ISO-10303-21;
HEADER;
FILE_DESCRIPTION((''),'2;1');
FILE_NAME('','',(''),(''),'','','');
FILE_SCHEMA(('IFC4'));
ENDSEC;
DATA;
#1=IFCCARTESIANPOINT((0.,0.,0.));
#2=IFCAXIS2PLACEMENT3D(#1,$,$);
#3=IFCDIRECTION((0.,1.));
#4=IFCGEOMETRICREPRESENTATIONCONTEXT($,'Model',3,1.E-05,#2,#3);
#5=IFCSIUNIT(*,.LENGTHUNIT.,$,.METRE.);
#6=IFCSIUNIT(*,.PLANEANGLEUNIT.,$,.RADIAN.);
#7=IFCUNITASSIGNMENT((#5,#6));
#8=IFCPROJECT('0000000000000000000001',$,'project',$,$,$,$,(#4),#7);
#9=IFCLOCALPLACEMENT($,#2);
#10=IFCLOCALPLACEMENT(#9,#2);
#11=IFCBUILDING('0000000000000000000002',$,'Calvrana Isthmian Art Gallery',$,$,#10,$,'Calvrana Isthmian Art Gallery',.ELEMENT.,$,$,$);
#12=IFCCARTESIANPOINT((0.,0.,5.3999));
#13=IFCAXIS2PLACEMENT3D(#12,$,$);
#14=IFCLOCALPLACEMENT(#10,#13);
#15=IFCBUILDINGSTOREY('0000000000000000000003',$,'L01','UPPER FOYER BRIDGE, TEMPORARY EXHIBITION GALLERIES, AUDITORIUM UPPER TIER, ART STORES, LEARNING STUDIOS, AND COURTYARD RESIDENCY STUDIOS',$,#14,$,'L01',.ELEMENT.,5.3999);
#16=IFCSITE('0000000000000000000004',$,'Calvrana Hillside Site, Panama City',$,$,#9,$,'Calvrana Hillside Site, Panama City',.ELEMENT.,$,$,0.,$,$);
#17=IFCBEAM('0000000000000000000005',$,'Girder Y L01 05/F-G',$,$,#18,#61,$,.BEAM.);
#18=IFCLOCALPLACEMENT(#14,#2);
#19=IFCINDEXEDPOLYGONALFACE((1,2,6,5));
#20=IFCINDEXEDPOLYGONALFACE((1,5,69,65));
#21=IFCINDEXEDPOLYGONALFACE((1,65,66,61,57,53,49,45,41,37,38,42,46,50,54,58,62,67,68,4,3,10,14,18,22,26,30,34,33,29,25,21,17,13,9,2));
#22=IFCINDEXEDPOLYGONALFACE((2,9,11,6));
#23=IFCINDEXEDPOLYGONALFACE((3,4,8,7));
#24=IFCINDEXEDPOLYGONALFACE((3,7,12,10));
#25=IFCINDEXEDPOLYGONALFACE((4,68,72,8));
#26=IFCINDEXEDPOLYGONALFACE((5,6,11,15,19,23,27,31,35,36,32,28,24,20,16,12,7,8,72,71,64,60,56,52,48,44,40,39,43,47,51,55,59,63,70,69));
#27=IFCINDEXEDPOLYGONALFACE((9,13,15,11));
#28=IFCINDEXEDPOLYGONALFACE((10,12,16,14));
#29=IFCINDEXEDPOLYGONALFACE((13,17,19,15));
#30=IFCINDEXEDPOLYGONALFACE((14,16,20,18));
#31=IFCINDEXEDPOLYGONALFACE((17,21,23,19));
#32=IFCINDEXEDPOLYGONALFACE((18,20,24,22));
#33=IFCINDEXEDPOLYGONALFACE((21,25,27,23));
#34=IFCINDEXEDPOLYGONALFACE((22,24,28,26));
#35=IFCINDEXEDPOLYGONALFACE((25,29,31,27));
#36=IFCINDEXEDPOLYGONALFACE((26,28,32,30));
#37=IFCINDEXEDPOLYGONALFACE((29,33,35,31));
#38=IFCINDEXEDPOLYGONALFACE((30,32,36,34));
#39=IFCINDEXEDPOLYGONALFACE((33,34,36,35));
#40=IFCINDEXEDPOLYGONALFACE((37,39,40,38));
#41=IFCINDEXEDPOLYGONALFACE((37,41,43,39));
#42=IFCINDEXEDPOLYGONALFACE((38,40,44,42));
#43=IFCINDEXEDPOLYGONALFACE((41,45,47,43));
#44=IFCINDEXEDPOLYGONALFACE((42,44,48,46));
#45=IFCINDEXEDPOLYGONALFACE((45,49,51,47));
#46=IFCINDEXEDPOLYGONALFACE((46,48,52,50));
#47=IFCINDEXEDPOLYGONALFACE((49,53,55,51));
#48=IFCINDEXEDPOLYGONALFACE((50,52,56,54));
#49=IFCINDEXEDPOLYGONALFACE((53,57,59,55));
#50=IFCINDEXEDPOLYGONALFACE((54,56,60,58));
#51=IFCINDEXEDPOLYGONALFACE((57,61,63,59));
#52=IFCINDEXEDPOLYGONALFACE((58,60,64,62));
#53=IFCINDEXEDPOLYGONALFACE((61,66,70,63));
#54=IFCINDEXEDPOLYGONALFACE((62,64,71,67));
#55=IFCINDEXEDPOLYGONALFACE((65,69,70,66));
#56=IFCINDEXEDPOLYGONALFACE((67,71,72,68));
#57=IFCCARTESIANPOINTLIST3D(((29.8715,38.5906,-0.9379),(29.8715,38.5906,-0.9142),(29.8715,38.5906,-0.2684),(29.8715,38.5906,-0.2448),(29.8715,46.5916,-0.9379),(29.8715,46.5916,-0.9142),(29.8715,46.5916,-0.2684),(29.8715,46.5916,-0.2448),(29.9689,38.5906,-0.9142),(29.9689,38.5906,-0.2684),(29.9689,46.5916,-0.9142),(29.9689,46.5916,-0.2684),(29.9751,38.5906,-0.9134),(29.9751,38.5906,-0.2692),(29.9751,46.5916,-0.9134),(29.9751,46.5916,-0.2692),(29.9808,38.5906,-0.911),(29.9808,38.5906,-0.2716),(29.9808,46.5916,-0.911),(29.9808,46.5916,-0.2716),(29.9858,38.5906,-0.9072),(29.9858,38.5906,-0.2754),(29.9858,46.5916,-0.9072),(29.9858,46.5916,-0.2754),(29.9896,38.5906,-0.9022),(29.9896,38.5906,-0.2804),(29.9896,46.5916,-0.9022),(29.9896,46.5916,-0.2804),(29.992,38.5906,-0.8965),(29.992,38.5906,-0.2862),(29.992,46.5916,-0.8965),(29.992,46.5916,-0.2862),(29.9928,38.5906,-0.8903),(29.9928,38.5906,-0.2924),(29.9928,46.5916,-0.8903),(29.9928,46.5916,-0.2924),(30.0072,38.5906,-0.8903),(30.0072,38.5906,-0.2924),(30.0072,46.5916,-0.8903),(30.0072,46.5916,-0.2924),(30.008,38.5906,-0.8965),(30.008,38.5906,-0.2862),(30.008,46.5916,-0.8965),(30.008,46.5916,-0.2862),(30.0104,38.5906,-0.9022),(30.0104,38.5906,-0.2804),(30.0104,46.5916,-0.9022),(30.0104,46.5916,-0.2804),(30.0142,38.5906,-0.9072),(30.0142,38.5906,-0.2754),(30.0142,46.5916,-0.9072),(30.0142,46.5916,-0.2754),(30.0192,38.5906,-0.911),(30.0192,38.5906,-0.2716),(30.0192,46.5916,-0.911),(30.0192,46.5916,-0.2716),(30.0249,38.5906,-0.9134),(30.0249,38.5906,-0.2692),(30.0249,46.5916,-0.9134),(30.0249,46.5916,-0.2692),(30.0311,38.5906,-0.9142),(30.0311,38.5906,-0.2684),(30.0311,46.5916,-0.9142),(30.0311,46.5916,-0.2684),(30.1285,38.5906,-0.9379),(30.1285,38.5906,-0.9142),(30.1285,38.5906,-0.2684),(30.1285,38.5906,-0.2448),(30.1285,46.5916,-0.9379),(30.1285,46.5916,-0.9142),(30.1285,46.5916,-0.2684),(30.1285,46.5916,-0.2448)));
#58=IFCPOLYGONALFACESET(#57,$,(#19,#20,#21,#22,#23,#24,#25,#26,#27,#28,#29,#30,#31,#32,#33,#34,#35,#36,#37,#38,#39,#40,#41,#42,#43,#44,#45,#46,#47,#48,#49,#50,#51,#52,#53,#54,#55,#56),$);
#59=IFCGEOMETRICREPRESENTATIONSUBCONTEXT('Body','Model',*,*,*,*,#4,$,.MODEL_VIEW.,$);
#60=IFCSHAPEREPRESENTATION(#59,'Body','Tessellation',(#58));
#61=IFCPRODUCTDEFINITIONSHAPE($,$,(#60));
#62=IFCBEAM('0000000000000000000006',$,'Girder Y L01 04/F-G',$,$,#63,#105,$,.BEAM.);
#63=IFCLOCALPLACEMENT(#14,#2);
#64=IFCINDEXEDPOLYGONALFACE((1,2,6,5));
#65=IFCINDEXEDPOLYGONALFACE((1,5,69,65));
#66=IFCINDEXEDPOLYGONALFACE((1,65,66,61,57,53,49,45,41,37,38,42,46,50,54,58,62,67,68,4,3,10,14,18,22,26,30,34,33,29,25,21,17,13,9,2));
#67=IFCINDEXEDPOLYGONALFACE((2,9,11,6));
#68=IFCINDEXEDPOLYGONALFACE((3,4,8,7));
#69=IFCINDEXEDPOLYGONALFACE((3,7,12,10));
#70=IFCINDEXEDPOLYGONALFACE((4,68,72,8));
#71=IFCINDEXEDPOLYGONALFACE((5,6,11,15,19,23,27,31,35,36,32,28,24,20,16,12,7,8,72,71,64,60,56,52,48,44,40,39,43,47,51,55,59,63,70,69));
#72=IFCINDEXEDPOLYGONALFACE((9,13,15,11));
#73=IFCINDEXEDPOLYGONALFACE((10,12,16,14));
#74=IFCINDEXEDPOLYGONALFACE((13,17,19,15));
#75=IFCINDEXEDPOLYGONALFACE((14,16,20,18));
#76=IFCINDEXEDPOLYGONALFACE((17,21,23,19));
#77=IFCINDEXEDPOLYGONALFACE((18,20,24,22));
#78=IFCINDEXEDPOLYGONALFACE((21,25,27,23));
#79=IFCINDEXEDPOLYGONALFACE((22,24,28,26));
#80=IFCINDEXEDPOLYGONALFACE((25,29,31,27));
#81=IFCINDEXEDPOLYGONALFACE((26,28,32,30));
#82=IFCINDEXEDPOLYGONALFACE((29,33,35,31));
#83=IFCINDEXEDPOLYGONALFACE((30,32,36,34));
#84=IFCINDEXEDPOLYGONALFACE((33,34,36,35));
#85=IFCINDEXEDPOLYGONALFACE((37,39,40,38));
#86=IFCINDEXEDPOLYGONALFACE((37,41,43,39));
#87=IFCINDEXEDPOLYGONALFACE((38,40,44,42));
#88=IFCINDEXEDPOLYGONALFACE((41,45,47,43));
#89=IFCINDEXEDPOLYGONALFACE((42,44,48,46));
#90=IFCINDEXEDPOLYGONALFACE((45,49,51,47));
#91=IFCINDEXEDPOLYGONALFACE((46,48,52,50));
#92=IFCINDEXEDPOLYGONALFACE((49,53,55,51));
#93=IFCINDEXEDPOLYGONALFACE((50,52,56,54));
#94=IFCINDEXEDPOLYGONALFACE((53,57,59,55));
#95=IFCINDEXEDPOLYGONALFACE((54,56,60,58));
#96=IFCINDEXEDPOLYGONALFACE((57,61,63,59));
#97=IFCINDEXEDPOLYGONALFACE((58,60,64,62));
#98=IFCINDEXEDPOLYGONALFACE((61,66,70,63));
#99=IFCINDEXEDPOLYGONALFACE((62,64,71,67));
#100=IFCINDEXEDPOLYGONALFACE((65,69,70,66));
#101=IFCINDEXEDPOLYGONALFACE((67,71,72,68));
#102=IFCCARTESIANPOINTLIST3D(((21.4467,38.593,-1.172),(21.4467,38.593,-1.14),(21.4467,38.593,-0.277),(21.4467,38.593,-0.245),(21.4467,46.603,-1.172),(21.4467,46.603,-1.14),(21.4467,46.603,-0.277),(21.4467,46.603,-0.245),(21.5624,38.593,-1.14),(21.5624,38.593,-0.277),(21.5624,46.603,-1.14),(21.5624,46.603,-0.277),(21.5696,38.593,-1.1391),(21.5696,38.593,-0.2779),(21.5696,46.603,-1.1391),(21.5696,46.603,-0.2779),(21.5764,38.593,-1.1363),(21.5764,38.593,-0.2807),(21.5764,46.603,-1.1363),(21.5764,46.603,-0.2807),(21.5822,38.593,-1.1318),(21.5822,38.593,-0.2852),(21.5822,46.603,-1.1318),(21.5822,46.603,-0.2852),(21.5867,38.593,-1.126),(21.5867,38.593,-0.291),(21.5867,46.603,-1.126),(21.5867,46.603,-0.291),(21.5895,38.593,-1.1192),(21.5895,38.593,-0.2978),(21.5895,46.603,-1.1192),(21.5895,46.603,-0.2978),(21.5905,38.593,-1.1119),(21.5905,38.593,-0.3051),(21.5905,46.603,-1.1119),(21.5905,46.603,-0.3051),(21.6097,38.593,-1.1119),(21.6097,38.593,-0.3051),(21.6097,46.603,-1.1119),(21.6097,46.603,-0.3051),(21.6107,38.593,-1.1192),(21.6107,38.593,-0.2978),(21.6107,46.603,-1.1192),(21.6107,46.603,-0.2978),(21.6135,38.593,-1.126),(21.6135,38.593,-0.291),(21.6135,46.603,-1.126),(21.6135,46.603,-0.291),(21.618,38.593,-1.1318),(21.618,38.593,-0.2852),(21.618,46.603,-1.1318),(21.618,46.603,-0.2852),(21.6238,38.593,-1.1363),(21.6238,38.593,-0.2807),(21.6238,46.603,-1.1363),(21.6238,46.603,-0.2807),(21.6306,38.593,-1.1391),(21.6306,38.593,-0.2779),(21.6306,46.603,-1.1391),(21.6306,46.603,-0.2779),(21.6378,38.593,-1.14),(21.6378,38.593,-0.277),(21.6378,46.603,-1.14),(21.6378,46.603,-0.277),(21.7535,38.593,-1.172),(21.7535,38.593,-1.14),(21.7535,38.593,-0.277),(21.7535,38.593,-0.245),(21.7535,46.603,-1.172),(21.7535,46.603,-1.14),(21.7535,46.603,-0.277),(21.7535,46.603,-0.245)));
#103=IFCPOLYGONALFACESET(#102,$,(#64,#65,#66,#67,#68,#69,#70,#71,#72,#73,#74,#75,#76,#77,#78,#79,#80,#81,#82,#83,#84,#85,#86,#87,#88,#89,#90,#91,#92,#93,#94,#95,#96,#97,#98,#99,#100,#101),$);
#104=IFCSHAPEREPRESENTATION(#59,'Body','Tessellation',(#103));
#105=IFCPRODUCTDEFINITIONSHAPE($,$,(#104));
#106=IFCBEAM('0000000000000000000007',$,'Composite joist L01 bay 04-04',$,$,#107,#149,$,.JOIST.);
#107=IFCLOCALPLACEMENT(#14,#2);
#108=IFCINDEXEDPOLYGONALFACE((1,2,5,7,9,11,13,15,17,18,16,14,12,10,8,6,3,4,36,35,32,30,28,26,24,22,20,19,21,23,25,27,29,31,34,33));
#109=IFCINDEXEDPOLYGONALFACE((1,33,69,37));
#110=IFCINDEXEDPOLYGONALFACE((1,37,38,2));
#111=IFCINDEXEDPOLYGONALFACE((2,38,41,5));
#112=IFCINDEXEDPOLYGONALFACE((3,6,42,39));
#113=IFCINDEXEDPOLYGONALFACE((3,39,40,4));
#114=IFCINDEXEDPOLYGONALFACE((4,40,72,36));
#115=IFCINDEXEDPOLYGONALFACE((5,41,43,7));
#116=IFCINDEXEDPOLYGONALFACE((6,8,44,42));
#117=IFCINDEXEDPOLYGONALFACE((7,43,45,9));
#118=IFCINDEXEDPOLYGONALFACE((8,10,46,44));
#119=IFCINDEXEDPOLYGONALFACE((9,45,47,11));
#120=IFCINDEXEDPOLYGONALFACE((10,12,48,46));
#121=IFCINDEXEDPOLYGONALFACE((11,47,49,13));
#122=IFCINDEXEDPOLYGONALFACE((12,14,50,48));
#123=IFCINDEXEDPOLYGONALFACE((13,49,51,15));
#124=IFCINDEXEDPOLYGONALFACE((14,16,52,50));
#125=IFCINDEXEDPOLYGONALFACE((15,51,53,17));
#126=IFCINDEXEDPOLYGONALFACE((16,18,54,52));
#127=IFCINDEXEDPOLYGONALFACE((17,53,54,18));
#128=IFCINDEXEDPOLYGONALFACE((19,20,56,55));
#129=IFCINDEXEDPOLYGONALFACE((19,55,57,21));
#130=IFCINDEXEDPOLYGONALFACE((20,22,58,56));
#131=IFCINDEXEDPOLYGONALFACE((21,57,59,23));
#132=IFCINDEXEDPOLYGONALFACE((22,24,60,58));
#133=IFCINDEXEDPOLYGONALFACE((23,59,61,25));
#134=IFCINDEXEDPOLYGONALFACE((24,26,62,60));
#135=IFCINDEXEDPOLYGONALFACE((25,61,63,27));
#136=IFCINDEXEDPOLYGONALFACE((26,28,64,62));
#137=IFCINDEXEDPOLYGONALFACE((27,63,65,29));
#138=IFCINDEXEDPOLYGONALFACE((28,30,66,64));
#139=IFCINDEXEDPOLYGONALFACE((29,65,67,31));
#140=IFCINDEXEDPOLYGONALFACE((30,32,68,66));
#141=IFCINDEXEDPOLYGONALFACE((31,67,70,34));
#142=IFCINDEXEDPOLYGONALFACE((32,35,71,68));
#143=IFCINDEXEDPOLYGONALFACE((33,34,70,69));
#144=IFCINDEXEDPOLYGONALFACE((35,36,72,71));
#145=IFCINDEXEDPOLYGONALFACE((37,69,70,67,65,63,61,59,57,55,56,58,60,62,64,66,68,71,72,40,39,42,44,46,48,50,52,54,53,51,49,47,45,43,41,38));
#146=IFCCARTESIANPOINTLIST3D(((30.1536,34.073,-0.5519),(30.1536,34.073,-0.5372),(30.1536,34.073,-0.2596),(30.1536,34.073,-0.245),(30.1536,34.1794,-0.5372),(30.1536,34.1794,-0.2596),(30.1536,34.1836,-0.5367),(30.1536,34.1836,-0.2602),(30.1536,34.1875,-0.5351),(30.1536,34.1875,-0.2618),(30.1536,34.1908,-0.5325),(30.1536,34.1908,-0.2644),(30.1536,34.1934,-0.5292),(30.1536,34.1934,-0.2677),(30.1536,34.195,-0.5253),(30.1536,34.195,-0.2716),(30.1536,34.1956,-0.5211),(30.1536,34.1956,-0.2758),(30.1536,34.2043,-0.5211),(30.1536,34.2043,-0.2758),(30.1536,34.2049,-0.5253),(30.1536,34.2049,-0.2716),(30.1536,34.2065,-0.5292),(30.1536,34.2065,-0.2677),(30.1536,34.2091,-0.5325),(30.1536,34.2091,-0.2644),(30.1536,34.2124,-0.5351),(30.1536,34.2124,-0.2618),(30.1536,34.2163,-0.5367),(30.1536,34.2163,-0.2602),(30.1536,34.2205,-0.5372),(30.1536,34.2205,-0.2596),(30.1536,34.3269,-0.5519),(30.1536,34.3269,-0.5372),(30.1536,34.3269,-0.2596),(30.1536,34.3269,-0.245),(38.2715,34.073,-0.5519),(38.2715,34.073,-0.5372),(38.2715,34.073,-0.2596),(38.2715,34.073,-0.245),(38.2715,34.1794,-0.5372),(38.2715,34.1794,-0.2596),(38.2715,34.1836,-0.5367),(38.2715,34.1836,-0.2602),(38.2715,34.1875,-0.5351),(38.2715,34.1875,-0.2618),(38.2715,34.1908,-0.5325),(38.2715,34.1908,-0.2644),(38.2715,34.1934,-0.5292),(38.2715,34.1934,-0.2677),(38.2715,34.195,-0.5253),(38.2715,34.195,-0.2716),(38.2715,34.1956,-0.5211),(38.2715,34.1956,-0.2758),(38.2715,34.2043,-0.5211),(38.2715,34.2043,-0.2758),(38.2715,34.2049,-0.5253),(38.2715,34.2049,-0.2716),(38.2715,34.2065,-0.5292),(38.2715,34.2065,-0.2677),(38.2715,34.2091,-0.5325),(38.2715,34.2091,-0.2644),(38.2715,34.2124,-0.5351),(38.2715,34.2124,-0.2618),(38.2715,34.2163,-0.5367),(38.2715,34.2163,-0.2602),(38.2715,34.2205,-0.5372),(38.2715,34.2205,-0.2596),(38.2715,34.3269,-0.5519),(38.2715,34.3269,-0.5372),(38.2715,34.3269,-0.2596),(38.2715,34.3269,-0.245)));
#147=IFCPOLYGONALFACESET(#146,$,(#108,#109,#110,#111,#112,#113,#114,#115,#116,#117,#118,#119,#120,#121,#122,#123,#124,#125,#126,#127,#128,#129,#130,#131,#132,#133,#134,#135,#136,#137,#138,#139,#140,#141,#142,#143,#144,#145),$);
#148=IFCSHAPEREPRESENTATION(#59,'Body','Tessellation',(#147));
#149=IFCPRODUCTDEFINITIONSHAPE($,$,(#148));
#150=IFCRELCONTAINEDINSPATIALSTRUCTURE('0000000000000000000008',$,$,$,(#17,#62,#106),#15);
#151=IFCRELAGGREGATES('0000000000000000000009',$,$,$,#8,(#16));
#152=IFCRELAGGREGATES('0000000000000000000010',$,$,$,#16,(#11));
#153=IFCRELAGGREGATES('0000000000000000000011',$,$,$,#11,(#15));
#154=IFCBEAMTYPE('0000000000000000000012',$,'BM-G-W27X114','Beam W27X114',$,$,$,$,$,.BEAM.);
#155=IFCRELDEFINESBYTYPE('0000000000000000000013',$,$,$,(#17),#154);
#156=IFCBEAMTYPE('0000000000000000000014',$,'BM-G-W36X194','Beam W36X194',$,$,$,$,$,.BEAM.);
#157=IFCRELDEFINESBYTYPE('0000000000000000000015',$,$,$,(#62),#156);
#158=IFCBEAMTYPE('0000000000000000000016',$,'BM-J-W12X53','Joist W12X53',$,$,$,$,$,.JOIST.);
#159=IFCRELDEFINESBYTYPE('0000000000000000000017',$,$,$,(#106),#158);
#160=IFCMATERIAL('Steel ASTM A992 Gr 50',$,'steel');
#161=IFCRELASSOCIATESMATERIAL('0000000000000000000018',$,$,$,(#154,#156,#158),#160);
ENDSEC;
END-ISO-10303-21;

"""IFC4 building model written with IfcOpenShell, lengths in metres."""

from ifc_helpers import new_model, si_unit, direction, frame, origin, origin_2d, place, context, subcontext, project, spatial, i_section, extrude, material, material_profile, profile_set, type_object, element, save


model = new_model("IFC4")

# Units and contexts
model_context = context("Model", 3, precision=1e-05, world=origin(), true_north=direction((0.0, 1.0)))
body_context = subcontext(model_context, "Body", "Model", "MODEL_VIEW")
ifc_project = project(units=[si_unit("LENGTHUNIT", "METRE"), si_unit("PLANEANGLEUNIT", "RADIAN")], contexts=[model_context])

# Site, building, storey
site_placement = place(None, origin())
site = spatial("IfcSite", under=ifc_project, at=site_placement, Name="Calvrana Hillside Site, Panama City", LongName="Calvrana Hillside Site, Panama City", CompositionType="ELEMENT", RefElevation=0.0)
building_placement = place(site_placement, origin())
building = spatial("IfcBuilding", under=site, at=building_placement, Name="Calvrana Isthmian Art Gallery", LongName="Calvrana Isthmian Art Gallery", CompositionType="ELEMENT")
storey_placement = place(building_placement, frame((0.0, 0.0, 5.3999)))
storey = spatial("IfcBuildingStorey", under=building, at=storey_placement, Name="L01", Description="UPPER FOYER BRIDGE, TEMPORARY EXHIBITION GALLERIES, AUDITORIUM UPPER TIER, ART STORES, LEARNING STUDIOS, AND COURTYARD RESIDENCY STUDIOS", LongName="L01", CompositionType="ELEMENT", Elevation=5.3999)

# Shared definitions
ifc_material_1 = material(Name="Steel ASTM A992 Gr 50", Category="steel")

# Beams
ifc_material_profile_1 = material_profile(ifc_material_1, i_section(OverallWidth=0.2571, OverallDepth=0.6931, WebThickness=0.0144, FlangeThickness=0.0237, FilletRadius=0.0239, at=origin_2d()), Name="W27X114")
ifc_profile_set_1 = profile_set([ifc_material_profile_1], Name="Steel ASTM A992 Gr 50")
beam_type_1 = type_object("IfcBeamType", Name="BM-G-W27X114", Description="Beam W27X114", PredefinedType="BEAM", material=ifc_profile_set_1)
beam_1_placement = place(storey_placement, frame((30.0, 38.5906, -0.5913), z_axis=(0.0, 1.0, 0.0), x_axis=(-1.0, 0.0, 0.0)))
element("IfcBeam", 1, at=beam_1_placement, inside=storey, type_object=beam_type_1, Name="Girder Y L01 05/F-G", PredefinedType="BEAM", context=body_context, shape_type="SweptSolid", body=[
    extrude(i_section(OverallWidth=0.2571, OverallDepth=0.6931, WebThickness=0.0144, FlangeThickness=0.0237, FilletRadius=0.0239, at=origin_2d()), origin(), (0.0, 0.0, 1.0), 8.001),
])
ifc_material_profile_2 = material_profile(ifc_material_1, i_section(OverallWidth=0.3069, OverallDepth=0.927, WebThickness=0.0193, FlangeThickness=0.032, FilletRadius=0.0281, at=origin_2d()), Name="W36X194")
ifc_profile_set_2 = profile_set([ifc_material_profile_2], Name="Steel ASTM A992 Gr 50")
beam_type_2 = type_object("IfcBeamType", Name="BM-G-W36X194", Description="Beam W36X194", PredefinedType="BEAM", material=ifc_profile_set_2)
beam_2_placement = place(storey_placement, frame((21.6001, 38.593, -0.7085), z_axis=(0.0, 1.0, 0.0), x_axis=(-1.0, 0.0, 0.0)))
element("IfcBeam", 2, at=beam_2_placement, inside=storey, type_object=beam_type_2, Name="Girder Y L01 04/F-G", PredefinedType="BEAM", context=body_context, shape_type="SweptSolid", body=[
    extrude(i_section(OverallWidth=0.3069, OverallDepth=0.927, WebThickness=0.0193, FlangeThickness=0.032, FilletRadius=0.0281, at=origin_2d()), origin(), (0.0, 0.0, 1.0), 8.01),
])
ifc_material_profile_3 = material_profile(ifc_material_1, i_section(OverallWidth=0.2539, OverallDepth=0.3069, WebThickness=0.0088, FlangeThickness=0.0146, FilletRadius=0.0161, at=origin_2d()), Name="W12X53")
ifc_profile_set_3 = profile_set([ifc_material_profile_3], Name="Steel ASTM A992 Gr 50")
beam_type_3 = type_object("IfcBeamType", Name="BM-J-W12X53", Description="Joist W12X53", PredefinedType="JOIST", material=ifc_profile_set_3)
beam_3_placement = place(storey_placement, frame((30.1536, 34.2, -0.3984), z_axis=(1.0, 0.0, 0.0), x_axis=(0.0, 1.0, 0.0)))
element("IfcBeam", 3, at=beam_3_placement, inside=storey, type_object=beam_type_3, Name="Composite joist L01 bay 04-04", PredefinedType="JOIST", context=body_context, shape_type="SweptSolid", body=[
    extrude(i_section(OverallWidth=0.2539, OverallDepth=0.3069, WebThickness=0.0088, FlangeThickness=0.0146, FilletRadius=0.0161, at=origin_2d()), origin(), (0.0, 0.0, 1.0), 8.1179),
])

save(model, "model.ifc")
